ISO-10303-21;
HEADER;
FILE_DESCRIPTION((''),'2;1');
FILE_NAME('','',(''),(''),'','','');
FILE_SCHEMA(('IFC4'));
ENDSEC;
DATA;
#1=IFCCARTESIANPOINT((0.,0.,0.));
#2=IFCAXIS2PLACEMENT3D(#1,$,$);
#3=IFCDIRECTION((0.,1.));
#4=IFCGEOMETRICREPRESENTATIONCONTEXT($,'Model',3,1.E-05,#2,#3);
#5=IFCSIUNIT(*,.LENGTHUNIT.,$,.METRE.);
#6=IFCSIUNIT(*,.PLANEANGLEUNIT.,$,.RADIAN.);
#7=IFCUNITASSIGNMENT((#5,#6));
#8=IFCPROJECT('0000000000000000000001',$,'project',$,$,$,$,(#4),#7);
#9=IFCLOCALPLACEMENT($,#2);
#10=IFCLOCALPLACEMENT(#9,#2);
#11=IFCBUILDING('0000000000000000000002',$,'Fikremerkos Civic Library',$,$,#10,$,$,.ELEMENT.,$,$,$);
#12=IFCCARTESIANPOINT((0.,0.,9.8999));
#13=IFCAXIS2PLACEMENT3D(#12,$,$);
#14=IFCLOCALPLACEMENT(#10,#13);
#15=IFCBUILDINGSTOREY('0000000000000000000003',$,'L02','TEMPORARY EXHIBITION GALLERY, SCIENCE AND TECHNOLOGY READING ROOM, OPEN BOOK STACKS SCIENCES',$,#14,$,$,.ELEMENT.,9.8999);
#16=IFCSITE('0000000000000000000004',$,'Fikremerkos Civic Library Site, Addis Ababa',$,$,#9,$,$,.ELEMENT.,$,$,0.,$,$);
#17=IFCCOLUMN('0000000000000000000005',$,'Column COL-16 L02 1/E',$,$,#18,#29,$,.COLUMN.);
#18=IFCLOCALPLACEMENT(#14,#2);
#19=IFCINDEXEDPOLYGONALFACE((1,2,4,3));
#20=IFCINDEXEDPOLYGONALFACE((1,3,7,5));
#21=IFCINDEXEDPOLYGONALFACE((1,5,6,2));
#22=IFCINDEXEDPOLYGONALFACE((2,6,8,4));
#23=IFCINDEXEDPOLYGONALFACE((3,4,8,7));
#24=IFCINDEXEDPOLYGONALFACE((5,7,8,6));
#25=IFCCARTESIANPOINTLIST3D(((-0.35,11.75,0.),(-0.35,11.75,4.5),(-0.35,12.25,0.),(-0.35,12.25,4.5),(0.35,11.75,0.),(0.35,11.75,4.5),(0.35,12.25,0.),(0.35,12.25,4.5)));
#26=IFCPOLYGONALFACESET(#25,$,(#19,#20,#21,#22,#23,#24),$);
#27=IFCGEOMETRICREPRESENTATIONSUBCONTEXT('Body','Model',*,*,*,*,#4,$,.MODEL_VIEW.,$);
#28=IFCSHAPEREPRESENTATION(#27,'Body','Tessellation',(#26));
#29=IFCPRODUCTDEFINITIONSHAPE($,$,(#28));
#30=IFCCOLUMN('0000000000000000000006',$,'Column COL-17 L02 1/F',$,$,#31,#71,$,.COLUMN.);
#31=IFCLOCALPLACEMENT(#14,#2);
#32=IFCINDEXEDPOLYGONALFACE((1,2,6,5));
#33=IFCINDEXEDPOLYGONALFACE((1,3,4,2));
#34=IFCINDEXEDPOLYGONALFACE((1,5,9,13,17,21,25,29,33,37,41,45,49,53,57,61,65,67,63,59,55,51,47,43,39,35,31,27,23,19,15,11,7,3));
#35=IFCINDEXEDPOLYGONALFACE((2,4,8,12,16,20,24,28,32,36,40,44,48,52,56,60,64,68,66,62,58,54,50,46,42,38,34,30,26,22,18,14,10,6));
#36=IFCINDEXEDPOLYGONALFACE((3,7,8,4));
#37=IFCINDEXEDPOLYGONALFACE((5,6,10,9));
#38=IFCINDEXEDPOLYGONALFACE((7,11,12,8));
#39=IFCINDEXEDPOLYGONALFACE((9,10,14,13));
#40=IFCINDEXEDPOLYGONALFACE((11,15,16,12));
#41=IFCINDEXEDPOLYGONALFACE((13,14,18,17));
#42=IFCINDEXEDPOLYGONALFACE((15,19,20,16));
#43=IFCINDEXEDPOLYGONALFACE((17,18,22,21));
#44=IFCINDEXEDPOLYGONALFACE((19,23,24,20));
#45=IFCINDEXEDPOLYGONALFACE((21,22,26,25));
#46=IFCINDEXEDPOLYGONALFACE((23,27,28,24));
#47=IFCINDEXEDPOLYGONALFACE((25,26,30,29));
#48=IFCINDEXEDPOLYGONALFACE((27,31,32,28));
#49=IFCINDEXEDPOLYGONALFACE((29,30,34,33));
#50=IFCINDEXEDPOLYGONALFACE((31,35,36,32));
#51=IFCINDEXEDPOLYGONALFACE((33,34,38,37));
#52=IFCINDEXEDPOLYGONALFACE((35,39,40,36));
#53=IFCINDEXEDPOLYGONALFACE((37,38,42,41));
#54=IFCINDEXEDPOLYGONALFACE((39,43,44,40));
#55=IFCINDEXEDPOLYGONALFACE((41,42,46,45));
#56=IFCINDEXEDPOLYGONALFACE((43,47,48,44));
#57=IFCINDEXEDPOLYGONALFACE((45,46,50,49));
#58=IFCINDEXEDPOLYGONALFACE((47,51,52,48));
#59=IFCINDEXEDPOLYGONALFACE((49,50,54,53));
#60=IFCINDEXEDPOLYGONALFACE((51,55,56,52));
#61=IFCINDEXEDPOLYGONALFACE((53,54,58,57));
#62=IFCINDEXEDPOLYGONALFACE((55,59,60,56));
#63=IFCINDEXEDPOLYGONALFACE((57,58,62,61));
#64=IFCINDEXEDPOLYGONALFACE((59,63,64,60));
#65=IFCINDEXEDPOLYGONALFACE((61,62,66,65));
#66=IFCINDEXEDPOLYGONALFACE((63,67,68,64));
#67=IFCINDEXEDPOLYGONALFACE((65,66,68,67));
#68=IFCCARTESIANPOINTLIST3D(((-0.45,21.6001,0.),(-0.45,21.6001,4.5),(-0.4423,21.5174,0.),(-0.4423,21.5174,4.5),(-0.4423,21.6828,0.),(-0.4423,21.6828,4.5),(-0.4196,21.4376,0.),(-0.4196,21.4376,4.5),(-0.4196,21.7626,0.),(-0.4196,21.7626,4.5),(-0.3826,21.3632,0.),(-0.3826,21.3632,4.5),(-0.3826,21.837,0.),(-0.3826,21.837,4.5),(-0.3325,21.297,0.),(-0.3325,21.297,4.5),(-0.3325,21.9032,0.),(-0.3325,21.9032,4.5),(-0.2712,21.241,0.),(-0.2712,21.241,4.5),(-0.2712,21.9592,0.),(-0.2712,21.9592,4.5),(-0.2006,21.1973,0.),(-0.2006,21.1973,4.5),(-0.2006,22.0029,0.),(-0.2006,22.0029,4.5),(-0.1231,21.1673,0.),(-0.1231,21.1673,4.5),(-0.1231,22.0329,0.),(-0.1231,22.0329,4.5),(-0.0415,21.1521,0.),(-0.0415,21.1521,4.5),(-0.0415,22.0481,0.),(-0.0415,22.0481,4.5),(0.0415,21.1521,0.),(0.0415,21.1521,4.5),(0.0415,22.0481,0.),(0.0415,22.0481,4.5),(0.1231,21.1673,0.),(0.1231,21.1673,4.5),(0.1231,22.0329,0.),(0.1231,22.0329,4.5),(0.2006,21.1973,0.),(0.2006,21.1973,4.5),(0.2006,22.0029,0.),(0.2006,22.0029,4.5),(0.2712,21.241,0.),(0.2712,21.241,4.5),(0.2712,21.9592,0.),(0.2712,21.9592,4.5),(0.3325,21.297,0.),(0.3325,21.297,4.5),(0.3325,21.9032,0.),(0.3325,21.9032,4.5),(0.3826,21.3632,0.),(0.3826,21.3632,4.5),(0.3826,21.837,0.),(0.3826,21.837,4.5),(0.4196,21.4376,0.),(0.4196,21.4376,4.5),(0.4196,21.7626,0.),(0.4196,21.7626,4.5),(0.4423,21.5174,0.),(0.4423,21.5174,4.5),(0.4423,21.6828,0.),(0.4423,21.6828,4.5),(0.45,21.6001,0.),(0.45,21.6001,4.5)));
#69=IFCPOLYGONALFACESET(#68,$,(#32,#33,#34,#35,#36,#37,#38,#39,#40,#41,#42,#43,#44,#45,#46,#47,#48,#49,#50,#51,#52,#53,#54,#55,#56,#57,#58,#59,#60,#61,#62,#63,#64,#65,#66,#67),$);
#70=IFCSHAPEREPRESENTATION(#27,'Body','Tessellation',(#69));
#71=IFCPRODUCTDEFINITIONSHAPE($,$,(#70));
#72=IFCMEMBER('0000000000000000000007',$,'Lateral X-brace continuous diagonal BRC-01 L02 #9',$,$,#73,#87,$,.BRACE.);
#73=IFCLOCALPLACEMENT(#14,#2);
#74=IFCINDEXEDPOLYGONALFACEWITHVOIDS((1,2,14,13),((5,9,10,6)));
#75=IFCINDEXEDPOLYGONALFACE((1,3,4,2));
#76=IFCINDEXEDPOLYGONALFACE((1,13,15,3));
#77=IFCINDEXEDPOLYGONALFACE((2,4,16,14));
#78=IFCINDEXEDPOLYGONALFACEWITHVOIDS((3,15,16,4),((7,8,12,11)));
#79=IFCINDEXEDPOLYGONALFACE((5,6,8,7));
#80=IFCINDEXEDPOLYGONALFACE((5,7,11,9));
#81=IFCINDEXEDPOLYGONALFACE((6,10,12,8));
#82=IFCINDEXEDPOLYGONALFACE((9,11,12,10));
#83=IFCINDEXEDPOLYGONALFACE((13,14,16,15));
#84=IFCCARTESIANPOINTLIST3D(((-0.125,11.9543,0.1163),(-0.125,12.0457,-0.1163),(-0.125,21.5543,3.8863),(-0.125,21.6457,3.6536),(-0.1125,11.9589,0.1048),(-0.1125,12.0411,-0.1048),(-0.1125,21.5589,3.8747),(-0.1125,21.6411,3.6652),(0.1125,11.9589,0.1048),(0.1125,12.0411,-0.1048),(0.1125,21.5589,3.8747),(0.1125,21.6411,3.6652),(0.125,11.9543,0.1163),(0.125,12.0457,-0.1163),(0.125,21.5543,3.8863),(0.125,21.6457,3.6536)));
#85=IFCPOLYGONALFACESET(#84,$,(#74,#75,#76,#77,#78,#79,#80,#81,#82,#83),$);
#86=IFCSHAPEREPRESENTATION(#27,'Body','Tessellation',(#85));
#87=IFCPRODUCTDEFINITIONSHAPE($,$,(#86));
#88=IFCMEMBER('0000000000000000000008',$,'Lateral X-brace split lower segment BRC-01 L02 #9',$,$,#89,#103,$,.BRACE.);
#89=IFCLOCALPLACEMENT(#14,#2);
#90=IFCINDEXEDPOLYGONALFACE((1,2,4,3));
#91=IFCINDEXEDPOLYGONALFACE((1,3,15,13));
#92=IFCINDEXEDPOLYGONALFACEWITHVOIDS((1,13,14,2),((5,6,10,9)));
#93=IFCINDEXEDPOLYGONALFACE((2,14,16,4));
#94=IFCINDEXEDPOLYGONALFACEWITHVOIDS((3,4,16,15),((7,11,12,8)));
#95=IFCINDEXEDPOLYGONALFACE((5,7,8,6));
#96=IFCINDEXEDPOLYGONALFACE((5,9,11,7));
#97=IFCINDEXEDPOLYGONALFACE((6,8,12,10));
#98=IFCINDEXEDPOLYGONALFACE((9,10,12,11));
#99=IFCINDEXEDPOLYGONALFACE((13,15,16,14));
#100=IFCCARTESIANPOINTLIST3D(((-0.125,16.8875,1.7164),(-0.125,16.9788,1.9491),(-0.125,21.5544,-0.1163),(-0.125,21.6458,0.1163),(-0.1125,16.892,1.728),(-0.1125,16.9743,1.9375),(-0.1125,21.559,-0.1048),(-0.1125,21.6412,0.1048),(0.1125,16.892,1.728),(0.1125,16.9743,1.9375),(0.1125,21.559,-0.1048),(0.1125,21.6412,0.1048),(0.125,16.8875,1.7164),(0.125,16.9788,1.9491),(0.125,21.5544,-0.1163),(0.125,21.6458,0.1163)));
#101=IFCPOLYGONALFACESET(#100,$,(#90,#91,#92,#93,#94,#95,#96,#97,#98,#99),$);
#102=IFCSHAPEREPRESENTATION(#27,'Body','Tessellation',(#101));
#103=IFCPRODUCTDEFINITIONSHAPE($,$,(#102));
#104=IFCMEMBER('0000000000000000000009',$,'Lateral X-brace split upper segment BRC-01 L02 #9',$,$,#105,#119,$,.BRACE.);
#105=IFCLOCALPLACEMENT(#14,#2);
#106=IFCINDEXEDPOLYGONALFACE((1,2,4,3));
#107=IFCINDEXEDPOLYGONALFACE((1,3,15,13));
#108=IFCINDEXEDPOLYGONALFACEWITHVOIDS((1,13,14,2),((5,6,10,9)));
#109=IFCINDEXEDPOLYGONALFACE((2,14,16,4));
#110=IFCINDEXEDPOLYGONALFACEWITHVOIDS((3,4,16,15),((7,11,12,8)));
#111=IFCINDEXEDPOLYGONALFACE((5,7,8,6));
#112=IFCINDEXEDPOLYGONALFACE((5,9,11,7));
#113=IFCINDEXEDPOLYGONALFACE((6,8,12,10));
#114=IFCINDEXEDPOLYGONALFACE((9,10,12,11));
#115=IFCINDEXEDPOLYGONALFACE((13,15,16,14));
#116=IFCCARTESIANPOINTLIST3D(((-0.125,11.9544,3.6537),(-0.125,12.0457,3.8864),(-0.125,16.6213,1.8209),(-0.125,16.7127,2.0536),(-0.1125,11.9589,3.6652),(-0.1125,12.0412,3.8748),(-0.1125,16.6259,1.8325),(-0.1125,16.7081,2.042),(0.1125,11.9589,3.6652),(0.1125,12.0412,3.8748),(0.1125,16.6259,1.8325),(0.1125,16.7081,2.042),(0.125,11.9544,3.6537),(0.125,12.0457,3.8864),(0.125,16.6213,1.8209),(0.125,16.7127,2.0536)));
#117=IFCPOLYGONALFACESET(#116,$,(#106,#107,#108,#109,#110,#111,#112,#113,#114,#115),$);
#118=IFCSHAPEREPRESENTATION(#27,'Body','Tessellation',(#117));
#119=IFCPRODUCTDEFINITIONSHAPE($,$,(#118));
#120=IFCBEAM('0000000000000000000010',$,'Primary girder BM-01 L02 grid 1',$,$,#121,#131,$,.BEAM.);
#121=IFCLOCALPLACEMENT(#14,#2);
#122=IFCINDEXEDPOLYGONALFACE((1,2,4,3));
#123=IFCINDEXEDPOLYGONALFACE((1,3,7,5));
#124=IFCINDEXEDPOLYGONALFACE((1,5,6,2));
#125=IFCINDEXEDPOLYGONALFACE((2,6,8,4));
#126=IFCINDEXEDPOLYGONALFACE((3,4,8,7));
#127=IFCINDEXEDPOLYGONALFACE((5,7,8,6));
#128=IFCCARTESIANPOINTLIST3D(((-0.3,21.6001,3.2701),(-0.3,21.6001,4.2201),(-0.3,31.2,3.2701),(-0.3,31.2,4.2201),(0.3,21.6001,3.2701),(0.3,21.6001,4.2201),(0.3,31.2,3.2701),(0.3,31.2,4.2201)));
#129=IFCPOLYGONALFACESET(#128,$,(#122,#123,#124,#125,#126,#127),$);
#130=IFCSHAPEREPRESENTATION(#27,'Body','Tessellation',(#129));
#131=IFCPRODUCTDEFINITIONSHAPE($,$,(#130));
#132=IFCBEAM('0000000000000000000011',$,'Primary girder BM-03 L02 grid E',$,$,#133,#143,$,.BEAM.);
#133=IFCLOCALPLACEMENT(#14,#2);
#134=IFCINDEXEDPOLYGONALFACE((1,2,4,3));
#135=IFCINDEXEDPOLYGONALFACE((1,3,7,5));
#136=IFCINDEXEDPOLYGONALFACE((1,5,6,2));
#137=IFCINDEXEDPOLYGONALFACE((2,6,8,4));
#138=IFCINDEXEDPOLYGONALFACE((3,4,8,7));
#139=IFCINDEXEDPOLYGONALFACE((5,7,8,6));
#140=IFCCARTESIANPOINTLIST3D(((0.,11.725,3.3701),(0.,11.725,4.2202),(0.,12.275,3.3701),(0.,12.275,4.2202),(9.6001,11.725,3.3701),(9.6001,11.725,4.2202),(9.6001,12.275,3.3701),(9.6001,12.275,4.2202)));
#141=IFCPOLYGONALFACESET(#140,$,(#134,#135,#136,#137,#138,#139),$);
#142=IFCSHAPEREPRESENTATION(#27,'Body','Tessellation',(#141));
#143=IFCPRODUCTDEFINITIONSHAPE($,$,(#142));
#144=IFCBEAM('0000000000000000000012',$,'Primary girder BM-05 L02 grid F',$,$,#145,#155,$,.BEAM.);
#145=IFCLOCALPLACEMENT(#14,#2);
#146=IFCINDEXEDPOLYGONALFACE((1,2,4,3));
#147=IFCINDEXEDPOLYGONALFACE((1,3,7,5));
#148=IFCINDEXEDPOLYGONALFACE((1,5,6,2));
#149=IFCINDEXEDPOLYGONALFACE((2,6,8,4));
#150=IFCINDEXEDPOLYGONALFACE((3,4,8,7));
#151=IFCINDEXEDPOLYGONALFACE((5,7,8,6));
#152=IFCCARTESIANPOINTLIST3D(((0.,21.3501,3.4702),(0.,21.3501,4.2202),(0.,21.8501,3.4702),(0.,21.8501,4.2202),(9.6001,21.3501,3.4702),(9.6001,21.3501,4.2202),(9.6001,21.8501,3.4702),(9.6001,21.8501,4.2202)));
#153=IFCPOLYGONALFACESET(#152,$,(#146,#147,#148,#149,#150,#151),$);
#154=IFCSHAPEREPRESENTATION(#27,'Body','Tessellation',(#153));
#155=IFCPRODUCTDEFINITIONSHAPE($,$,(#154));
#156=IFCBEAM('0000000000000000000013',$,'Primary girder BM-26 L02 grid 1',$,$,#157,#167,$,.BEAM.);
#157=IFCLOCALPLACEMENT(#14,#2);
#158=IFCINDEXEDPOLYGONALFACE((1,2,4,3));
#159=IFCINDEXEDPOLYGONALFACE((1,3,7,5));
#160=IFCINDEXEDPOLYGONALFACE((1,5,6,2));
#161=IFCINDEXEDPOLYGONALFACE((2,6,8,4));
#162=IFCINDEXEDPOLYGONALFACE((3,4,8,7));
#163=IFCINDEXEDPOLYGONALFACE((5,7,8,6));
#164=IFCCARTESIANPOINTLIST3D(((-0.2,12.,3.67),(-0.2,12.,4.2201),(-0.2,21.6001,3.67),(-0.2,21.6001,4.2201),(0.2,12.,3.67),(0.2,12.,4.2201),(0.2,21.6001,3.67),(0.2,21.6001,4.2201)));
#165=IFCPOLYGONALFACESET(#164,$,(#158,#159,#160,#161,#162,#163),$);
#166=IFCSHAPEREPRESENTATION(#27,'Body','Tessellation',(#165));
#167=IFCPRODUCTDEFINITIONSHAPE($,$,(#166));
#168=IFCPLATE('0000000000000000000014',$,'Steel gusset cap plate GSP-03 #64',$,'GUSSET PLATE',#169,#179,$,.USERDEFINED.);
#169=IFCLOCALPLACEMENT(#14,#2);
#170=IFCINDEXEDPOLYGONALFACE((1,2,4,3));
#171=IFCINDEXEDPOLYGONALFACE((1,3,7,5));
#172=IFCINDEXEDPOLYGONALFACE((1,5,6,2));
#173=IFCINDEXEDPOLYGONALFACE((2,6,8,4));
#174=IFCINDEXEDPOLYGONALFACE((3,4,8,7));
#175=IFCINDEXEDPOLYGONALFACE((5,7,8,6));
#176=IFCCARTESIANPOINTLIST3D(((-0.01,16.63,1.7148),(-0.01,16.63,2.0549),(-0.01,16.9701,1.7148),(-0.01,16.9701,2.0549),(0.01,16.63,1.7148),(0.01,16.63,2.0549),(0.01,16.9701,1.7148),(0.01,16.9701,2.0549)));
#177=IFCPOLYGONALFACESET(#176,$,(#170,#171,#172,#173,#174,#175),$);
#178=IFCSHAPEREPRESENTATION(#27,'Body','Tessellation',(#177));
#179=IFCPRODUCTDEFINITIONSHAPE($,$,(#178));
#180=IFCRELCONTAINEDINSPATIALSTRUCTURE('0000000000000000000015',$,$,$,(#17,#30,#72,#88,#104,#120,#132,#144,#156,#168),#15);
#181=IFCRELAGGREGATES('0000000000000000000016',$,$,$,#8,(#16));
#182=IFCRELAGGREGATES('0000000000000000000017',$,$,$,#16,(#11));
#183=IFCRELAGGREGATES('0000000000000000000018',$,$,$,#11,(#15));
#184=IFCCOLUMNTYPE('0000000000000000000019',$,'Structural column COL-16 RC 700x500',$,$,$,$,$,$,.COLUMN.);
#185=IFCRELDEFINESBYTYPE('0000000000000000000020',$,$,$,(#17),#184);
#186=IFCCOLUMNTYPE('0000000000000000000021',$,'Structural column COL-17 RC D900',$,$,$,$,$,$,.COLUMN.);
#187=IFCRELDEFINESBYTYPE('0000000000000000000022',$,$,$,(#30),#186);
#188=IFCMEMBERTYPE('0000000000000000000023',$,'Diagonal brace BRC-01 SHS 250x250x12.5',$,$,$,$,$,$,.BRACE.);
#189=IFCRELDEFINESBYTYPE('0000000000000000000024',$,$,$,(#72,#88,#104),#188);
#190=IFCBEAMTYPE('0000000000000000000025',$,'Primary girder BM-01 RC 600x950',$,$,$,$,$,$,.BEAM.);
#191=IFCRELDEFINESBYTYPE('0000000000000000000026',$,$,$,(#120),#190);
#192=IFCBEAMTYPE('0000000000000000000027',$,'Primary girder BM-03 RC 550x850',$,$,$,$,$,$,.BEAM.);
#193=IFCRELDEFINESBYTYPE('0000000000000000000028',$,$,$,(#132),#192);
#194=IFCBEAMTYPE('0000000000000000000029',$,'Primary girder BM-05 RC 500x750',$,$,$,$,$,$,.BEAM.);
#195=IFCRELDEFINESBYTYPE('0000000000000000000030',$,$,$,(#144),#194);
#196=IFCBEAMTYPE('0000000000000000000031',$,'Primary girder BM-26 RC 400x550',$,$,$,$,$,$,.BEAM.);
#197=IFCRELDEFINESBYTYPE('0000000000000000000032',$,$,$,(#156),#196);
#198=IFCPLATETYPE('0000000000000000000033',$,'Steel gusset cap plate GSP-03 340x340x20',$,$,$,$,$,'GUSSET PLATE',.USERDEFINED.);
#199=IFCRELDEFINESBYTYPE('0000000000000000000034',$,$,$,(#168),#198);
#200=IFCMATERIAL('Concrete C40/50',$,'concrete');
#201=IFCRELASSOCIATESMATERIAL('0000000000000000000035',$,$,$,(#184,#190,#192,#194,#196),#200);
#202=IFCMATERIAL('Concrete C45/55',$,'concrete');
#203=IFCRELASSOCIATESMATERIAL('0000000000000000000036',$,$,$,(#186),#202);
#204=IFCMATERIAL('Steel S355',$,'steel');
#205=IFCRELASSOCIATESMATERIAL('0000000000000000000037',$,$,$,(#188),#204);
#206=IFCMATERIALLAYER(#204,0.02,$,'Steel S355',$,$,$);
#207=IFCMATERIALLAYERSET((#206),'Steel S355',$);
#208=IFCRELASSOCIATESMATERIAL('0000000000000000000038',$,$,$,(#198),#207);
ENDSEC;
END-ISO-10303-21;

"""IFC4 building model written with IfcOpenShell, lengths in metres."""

from ifc_helpers import new_model, si_unit, direction, frame, origin, origin_2d, place, context, subcontext, project, spatial, rectangle, hollow_rectangle, circle, extrude, material, layer, layer_set, material_profile, profile_set, type_object, element, save


model = new_model("IFC4")

# Units and contexts
model_context = context("Model", 3, precision=1e-05, world=origin(), true_north=direction((0.0, 1.0)))
body_context = subcontext(model_context, "Body", "Model", "MODEL_VIEW")
ifc_project = project(units=[si_unit("LENGTHUNIT", "METRE"), si_unit("PLANEANGLEUNIT", "RADIAN")], contexts=[model_context])

# Site, building, storey
site_placement = place(None, origin())
site = spatial("IfcSite", under=ifc_project, at=site_placement, Name="Fikremerkos Civic Library Site, Addis Ababa", CompositionType="ELEMENT", RefElevation=0.0)
building_placement = place(site_placement, origin())
building = spatial("IfcBuilding", under=site, at=building_placement, Name="Fikremerkos Civic Library", CompositionType="ELEMENT")
storey_placement = place(building_placement, frame((0.0, 0.0, 9.8999)))
storey = spatial("IfcBuildingStorey", under=building, at=storey_placement, Name="L02", Description="TEMPORARY EXHIBITION GALLERY, SCIENCE AND TECHNOLOGY READING ROOM, OPEN BOOK STACKS SCIENCES", CompositionType="ELEMENT", Elevation=9.8999)

# Columns
ifc_material_1 = material(Name="Concrete C40/50", Category="concrete")
ifc_material_profile_1 = material_profile(ifc_material_1, rectangle(XDim=0.7, YDim=0.5, at=origin_2d()), Name="RC 700x500")
ifc_profile_set_1 = profile_set([ifc_material_profile_1], Name="Concrete C40/50")
column_type_1 = type_object("IfcColumnType", Name="Structural column COL-16 RC 700x500", PredefinedType="COLUMN", material=ifc_profile_set_1)
column_1_placement = place(storey_placement, frame((0.0, 12.0, 0.0), z_axis=(0.0, 0.0, 1.0), x_axis=(1.0, 0.0, 0.0)))
element("IfcColumn", 1, at=column_1_placement, inside=storey, type_object=column_type_1, Name="Column COL-16 L02 1/E", PredefinedType="COLUMN", context=body_context, shape_type="SweptSolid", body=[
    extrude(rectangle(XDim=0.7, YDim=0.5, at=origin_2d()), origin(), (0.0, 0.0, 1.0), 4.5),
])
ifc_material_2 = material(Name="Concrete C45/55", Category="concrete")
ifc_material_profile_2 = material_profile(ifc_material_2, circle(Radius=0.45, at=origin_2d()), Name="RC D900")
ifc_profile_set_2 = profile_set([ifc_material_profile_2], Name="Concrete C45/55")
column_type_2 = type_object("IfcColumnType", Name="Structural column COL-17 RC D900", PredefinedType="COLUMN", material=ifc_profile_set_2)
column_2_placement = place(storey_placement, frame((0.0, 21.6001, 0.0), z_axis=(0.0, 0.0, 1.0), x_axis=(1.0, 0.0, 0.0)))
element("IfcColumn", 2, at=column_2_placement, inside=storey, type_object=column_type_2, Name="Column COL-17 L02 1/F", PredefinedType="COLUMN", context=body_context, shape_type="SweptSolid", body=[
    extrude(circle(Radius=0.45, at=origin_2d()), origin(), (0.0, 0.0, 1.0), 4.5),
])

# Members
ifc_material_3 = material(Name="Steel S355", Category="steel")
ifc_material_profile_3 = material_profile(ifc_material_3, hollow_rectangle(XDim=0.25, YDim=0.25, WallThickness=0.0125, at=origin_2d()), Name="SHS 250x250x12.5")
ifc_profile_set_3 = profile_set([ifc_material_profile_3], Name="Steel S355")
member_type = type_object("IfcMemberType", Name="Diagonal brace BRC-01 SHS 250x250x12.5", PredefinedType="BRACE", material=ifc_profile_set_3)
member_placement = place(storey_placement, frame((0.0, 12.0, 0.0), z_axis=(0.0, 0.930799, 0.365531), x_axis=(-1.0, 0.0, 0.0)))
element("IfcMember", 3, at=member_placement, inside=storey, type_object=member_type, Name="Lateral X-brace continuous diagonal BRC-01 L02 #9", PredefinedType="BRACE", context=body_context, shape_type="SweptSolid", body=[
    extrude(hollow_rectangle(XDim=0.25, YDim=0.25, WallThickness=0.0125, at=origin_2d()), origin(), (0.0, 0.0, 1.0), 10.3137),
])
for number, where, z_axis, x_axis, name in (
    (4, (0.0, 21.6001, 0.0), (0.0, -0.930799, 0.365532), (1.0, 0.0, 0.0), "Lateral X-brace split lower segment BRC-01 L02 #9"),
    (5, (0.0, 16.667, 1.9373), (0.0, -0.930799, 0.365532), (1.0, 0.0, 0.0), "Lateral X-brace split upper segment BRC-01 L02 #9"),
):
    element("IfcMember", number, at=place(storey_placement, frame(where, z_axis=z_axis, x_axis=x_axis)), inside=storey, type_object=member_type, Name=name, PredefinedType="BRACE", context=body_context, shape_type="SweptSolid", body=[
        extrude(hollow_rectangle(XDim=0.25, YDim=0.25, WallThickness=0.0125, at=origin_2d()), origin(), (0.0, 0.0, 1.0), 5.0139),
    ])

# Beams
ifc_material_profile_4 = material_profile(ifc_material_1, rectangle(XDim=0.6001, YDim=0.95, at=origin_2d()), Name="RC 600x950")
ifc_profile_set_4 = profile_set([ifc_material_profile_4], Name="Concrete C40/50")
beam_type_1 = type_object("IfcBeamType", Name="Primary girder BM-01 RC 600x950", PredefinedType="BEAM", material=ifc_profile_set_4)
beam_1_placement = place(storey_placement, frame((0.0, 21.6001, 3.7451), z_axis=(0.0, 1.0, 0.0), x_axis=(-1.0, 0.0, 0.0)))
element("IfcBeam", 6, at=beam_1_placement, inside=storey, type_object=beam_type_1, Name="Primary girder BM-01 L02 grid 1", PredefinedType="BEAM", context=body_context, shape_type="SweptSolid", body=[
    extrude(rectangle(XDim=0.6001, YDim=0.95, at=origin_2d()), origin(), (0.0, 0.0, 1.0), 9.5999),
])
ifc_material_profile_5 = material_profile(ifc_material_1, rectangle(XDim=0.55, YDim=0.8501, at=origin_2d()), Name="RC 550x850")
ifc_profile_set_5 = profile_set([ifc_material_profile_5], Name="Concrete C40/50")
beam_type_2 = type_object("IfcBeamType", Name="Primary girder BM-03 RC 550x850", PredefinedType="BEAM", material=ifc_profile_set_5)
beam_2_placement = place(storey_placement, frame((0.0, 12.0, 3.7952), z_axis=(1.0, 0.0, 0.0), x_axis=(0.0, 1.0, 0.0)))
element("IfcBeam", 7, at=beam_2_placement, inside=storey, type_object=beam_type_2, Name="Primary girder BM-03 L02 grid E", PredefinedType="BEAM", context=body_context, shape_type="SweptSolid", body=[
    extrude(rectangle(XDim=0.55, YDim=0.8501, at=origin_2d()), origin(), (0.0, 0.0, 1.0), 9.6001),
])
ifc_material_profile_6 = material_profile(ifc_material_1, rectangle(XDim=0.5, YDim=0.75, at=origin_2d()), Name="RC 500x750")
ifc_profile_set_6 = profile_set([ifc_material_profile_6], Name="Concrete C40/50")
beam_type_3 = type_object("IfcBeamType", Name="Primary girder BM-05 RC 500x750", PredefinedType="BEAM", material=ifc_profile_set_6)
beam_3_placement = place(storey_placement, frame((0.0, 21.6001, 3.8452), z_axis=(1.0, 0.0, 0.0), x_axis=(0.0, 1.0, 0.0)))
element("IfcBeam", 8, at=beam_3_placement, inside=storey, type_object=beam_type_3, Name="Primary girder BM-05 L02 grid F", PredefinedType="BEAM", context=body_context, shape_type="SweptSolid", body=[
    extrude(rectangle(XDim=0.5, YDim=0.75, at=origin_2d()), origin(), (0.0, 0.0, 1.0), 9.6001),
])
ifc_material_profile_7 = material_profile(ifc_material_1, rectangle(XDim=0.3999, YDim=0.55, at=origin_2d()), Name="RC 400x550")
ifc_profile_set_7 = profile_set([ifc_material_profile_7], Name="Concrete C40/50")
beam_type_4 = type_object("IfcBeamType", Name="Primary girder BM-26 RC 400x550", PredefinedType="BEAM", material=ifc_profile_set_7)
beam_4_placement = place(storey_placement, frame((0.0, 12.0, 3.9451), z_axis=(0.0, 1.0, 0.0), x_axis=(-1.0, 0.0, 0.0)))
element("IfcBeam", 9, at=beam_4_placement, inside=storey, type_object=beam_type_4, Name="Primary girder BM-26 L02 grid 1", PredefinedType="BEAM", context=body_context, shape_type="SweptSolid", body=[
    extrude(rectangle(XDim=0.3999, YDim=0.55, at=origin_2d()), origin(), (0.0, 0.0, 1.0), 9.6001),
])

# Plate
ifc_layer_1 = layer(ifc_material_3, 0.02, Name="Steel S355")
ifc_layer_set_1 = layer_set([ifc_layer_1], Name="Steel S355")
plate_type = type_object("IfcPlateType", Name="Steel gusset cap plate GSP-03 340x340x20", ElementType="GUSSET PLATE", PredefinedType="USERDEFINED", material=ifc_layer_set_1)
plate_placement = place(storey_placement, frame((0.0, 16.8, 1.7148), z_axis=(0.0, 0.0, 1.0), x_axis=(1.0, 0.0, 0.0)))
element("IfcPlate", 10, at=plate_placement, inside=storey, type_object=plate_type, Name="Steel gusset cap plate GSP-03 #64", ObjectType="GUSSET PLATE", PredefinedType="USERDEFINED", context=body_context, shape_type="SweptSolid", body=[
    extrude(rectangle(XDim=0.02, YDim=0.3401, at=origin_2d()), origin(), (0.0, 0.0, 1.0), 0.3401),
])

save(model, "model.ifc")
